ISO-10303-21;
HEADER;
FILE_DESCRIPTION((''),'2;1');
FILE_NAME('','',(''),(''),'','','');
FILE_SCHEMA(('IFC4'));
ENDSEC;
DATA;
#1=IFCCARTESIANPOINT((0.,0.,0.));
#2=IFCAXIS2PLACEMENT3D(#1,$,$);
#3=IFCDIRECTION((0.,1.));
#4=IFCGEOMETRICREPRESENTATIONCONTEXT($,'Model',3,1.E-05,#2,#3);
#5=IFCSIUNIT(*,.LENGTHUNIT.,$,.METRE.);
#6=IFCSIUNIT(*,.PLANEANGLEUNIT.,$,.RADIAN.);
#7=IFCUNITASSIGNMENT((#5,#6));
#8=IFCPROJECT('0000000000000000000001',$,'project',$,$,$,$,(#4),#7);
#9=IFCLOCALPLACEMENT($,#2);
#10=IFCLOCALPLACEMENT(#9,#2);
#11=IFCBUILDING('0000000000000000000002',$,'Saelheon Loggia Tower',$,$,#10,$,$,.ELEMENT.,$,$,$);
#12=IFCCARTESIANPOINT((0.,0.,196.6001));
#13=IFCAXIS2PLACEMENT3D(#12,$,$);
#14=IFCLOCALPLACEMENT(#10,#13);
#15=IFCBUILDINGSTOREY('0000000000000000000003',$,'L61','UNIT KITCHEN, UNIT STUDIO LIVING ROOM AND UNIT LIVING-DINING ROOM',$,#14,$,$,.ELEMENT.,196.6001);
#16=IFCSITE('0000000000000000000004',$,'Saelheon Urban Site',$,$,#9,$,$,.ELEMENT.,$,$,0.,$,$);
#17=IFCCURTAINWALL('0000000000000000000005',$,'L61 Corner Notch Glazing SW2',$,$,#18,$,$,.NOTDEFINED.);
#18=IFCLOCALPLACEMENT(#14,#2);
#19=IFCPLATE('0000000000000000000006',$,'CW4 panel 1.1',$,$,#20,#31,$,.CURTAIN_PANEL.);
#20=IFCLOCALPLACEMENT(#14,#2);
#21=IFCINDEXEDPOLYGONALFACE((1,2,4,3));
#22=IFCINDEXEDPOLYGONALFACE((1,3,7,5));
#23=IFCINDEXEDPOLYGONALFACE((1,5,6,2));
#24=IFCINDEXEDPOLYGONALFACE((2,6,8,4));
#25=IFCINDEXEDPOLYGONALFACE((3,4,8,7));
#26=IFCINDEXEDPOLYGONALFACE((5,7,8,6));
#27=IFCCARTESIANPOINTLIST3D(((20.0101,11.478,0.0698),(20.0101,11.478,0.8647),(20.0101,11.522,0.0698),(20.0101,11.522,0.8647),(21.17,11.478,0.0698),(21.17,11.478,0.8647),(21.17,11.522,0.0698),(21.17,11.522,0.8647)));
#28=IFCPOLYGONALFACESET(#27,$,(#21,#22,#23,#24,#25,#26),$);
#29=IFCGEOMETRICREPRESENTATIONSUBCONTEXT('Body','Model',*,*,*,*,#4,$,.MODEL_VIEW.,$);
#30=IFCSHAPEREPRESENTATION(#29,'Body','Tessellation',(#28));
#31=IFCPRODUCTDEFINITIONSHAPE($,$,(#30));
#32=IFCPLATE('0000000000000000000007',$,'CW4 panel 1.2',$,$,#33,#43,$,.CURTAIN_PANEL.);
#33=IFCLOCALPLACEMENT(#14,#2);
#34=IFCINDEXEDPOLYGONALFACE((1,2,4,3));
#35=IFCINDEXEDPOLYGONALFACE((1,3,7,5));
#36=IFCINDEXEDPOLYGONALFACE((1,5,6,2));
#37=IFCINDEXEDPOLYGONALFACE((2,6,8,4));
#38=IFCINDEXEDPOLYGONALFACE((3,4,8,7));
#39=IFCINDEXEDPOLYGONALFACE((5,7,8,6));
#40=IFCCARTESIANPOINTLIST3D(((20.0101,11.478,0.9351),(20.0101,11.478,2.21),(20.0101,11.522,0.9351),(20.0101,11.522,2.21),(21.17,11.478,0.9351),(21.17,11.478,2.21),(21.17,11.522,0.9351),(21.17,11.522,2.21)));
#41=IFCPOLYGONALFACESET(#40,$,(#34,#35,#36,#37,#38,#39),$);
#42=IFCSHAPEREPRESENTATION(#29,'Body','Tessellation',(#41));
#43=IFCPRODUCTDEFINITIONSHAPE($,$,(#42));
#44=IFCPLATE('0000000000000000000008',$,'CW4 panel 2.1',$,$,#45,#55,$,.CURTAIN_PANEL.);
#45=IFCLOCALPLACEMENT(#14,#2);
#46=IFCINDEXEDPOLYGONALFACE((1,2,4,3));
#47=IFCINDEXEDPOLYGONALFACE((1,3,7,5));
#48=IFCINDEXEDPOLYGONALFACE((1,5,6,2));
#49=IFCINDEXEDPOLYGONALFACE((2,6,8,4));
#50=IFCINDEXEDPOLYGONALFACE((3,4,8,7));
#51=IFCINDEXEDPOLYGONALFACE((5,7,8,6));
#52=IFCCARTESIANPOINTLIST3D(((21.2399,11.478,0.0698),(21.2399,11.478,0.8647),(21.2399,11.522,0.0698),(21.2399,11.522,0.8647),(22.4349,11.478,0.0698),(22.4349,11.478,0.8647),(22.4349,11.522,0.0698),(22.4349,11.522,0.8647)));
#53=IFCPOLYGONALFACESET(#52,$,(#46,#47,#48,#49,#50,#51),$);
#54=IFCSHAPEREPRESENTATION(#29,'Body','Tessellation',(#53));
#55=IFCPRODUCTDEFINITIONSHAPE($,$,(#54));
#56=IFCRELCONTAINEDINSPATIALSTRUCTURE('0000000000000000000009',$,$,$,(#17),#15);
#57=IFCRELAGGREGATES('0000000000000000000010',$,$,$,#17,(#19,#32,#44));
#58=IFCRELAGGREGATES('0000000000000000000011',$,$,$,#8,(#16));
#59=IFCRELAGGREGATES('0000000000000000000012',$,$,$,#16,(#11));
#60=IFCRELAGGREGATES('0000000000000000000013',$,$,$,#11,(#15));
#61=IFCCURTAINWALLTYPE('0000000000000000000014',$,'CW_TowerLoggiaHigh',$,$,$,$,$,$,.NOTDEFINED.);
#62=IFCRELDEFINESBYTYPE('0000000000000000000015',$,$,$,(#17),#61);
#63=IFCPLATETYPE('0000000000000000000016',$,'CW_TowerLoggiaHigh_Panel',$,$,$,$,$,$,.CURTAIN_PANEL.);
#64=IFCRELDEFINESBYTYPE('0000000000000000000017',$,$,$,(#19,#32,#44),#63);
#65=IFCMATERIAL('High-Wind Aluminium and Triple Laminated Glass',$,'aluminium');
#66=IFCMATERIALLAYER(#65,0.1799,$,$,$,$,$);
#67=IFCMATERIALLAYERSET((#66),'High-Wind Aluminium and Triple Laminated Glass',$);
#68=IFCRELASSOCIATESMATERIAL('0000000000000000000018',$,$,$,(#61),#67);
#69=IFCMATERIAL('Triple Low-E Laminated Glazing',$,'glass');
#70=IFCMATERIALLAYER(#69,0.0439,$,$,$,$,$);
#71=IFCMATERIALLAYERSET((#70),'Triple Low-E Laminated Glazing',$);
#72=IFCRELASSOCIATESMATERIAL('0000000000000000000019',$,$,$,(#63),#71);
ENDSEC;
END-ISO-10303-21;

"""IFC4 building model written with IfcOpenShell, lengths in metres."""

from ifc_helpers import new_model, si_unit, direction, frame, origin, origin_2d, place, context, subcontext, project, spatial, rectangle, extrude, source, transform, mapped, material, layer, layer_set, type_object, element, aggregate, save


model = new_model("IFC4")

# Units and contexts
model_context = context("Model", 3, precision=1e-05, world=origin(), true_north=direction((0.0, 1.0)))
body_context = subcontext(model_context, "Body", "Model", "MODEL_VIEW")
ifc_project = project(units=[si_unit("LENGTHUNIT", "METRE"), si_unit("PLANEANGLEUNIT", "RADIAN")], contexts=[model_context])

# Site, building, storey
site_placement = place(None, origin())
site = spatial("IfcSite", under=ifc_project, at=site_placement, Name="Saelheon Urban Site", CompositionType="ELEMENT", RefElevation=0.0)
building_placement = place(site_placement, origin())
building = spatial("IfcBuilding", under=site, at=building_placement, Name="Saelheon Loggia Tower", CompositionType="ELEMENT")
storey_placement = place(building_placement, frame((0.0, 0.0, 196.6001)))
storey = spatial("IfcBuildingStorey", under=building, at=storey_placement, Name="L61", Description="UNIT KITCHEN, UNIT STUDIO LIVING ROOM AND UNIT LIVING-DINING ROOM", CompositionType="ELEMENT", Elevation=196.6001)

# Curtain wall, plates
ifc_material_1 = material(Name="High-Wind Aluminium and Triple Laminated Glass", Category="aluminium")
ifc_layer_1 = layer(ifc_material_1, 0.1799)
ifc_layer_set_1 = layer_set([ifc_layer_1], Name="High-Wind Aluminium and Triple Laminated Glass")
curtain_wall_type = type_object("IfcCurtainWallType", Name="CW_TowerLoggiaHigh", PredefinedType="NOTDEFINED", material=ifc_layer_set_1)
curtain_wall_placement = place(storey_placement, origin())
curtain_wall = element("IfcCurtainWall", 1, at=curtain_wall_placement, inside=storey, type_object=curtain_wall_type, Name="L61 Corner Notch Glazing SW2", PredefinedType="NOTDEFINED")
ifc_material_2 = material(Name="Triple Low-E Laminated Glazing", Category="glass")
ifc_layer_2 = layer(ifc_material_2, 0.0439)
ifc_layer_set_2 = layer_set([ifc_layer_2], Name="Triple Low-E Laminated Glazing")
plate_type = type_object("IfcPlateType", Name="CW_TowerLoggiaHigh_Panel", PredefinedType="CURTAIN_PANEL", material=ifc_layer_set_2)
shared_shape_1 = source(origin(), body_context, "Body", "SweptSolid", [
    extrude(rectangle(XDim=1.1599, YDim=0.0439, at=origin_2d()), origin(), (0.0, 0.0, 1.0), 0.7949),
])
plate_1_placement = place(storey_placement, frame((20.5901, 11.5, 0.0698), z_axis=(0.0, 0.0, 1.0), x_axis=(1.0, 0.0, 0.0)))
plate_1 = element("IfcPlate", 2, at=plate_1_placement, type_object=plate_type, Name="CW4 panel 1.1", PredefinedType="CURTAIN_PANEL", context=body_context, shape_type="MappedRepresentation", body=[
    mapped(shared_shape_1, transform((0.0, 0.0, 0.0), scale=1.0)),
])
shared_shape_2 = source(origin(), body_context, "Body", "SweptSolid", [
    extrude(rectangle(XDim=1.1599, YDim=0.0439, at=origin_2d()), origin(), (0.0, 0.0, 1.0), 1.2749),
])
plate_2_placement = place(storey_placement, frame((20.5901, 11.5, 0.9351), z_axis=(0.0, 0.0, 1.0), x_axis=(1.0, 0.0, 0.0)))
plate_2 = element("IfcPlate", 3, at=plate_2_placement, type_object=plate_type, Name="CW4 panel 1.2", PredefinedType="CURTAIN_PANEL", context=body_context, shape_type="MappedRepresentation", body=[
    mapped(shared_shape_2, transform((0.0, 0.0, 0.0), scale=1.0)),
])
shared_shape_3 = source(origin(), body_context, "Body", "SweptSolid", [
    extrude(rectangle(XDim=1.1951, YDim=0.0439, at=origin_2d()), origin(), (0.0, 0.0, 1.0), 0.7949),
])
plate_3_placement = place(storey_placement, frame((21.8374, 11.5, 0.0698), z_axis=(0.0, 0.0, 1.0), x_axis=(1.0, 0.0, 0.0)))
plate_3 = element("IfcPlate", 4, at=plate_3_placement, type_object=plate_type, Name="CW4 panel 2.1", PredefinedType="CURTAIN_PANEL", context=body_context, shape_type="MappedRepresentation", body=[
    mapped(shared_shape_3, transform((0.0, 0.0, 0.0), scale=1.0)),
])
aggregate(curtain_wall, [plate_1, plate_2, plate_3])

save(model, "model.ifc")
